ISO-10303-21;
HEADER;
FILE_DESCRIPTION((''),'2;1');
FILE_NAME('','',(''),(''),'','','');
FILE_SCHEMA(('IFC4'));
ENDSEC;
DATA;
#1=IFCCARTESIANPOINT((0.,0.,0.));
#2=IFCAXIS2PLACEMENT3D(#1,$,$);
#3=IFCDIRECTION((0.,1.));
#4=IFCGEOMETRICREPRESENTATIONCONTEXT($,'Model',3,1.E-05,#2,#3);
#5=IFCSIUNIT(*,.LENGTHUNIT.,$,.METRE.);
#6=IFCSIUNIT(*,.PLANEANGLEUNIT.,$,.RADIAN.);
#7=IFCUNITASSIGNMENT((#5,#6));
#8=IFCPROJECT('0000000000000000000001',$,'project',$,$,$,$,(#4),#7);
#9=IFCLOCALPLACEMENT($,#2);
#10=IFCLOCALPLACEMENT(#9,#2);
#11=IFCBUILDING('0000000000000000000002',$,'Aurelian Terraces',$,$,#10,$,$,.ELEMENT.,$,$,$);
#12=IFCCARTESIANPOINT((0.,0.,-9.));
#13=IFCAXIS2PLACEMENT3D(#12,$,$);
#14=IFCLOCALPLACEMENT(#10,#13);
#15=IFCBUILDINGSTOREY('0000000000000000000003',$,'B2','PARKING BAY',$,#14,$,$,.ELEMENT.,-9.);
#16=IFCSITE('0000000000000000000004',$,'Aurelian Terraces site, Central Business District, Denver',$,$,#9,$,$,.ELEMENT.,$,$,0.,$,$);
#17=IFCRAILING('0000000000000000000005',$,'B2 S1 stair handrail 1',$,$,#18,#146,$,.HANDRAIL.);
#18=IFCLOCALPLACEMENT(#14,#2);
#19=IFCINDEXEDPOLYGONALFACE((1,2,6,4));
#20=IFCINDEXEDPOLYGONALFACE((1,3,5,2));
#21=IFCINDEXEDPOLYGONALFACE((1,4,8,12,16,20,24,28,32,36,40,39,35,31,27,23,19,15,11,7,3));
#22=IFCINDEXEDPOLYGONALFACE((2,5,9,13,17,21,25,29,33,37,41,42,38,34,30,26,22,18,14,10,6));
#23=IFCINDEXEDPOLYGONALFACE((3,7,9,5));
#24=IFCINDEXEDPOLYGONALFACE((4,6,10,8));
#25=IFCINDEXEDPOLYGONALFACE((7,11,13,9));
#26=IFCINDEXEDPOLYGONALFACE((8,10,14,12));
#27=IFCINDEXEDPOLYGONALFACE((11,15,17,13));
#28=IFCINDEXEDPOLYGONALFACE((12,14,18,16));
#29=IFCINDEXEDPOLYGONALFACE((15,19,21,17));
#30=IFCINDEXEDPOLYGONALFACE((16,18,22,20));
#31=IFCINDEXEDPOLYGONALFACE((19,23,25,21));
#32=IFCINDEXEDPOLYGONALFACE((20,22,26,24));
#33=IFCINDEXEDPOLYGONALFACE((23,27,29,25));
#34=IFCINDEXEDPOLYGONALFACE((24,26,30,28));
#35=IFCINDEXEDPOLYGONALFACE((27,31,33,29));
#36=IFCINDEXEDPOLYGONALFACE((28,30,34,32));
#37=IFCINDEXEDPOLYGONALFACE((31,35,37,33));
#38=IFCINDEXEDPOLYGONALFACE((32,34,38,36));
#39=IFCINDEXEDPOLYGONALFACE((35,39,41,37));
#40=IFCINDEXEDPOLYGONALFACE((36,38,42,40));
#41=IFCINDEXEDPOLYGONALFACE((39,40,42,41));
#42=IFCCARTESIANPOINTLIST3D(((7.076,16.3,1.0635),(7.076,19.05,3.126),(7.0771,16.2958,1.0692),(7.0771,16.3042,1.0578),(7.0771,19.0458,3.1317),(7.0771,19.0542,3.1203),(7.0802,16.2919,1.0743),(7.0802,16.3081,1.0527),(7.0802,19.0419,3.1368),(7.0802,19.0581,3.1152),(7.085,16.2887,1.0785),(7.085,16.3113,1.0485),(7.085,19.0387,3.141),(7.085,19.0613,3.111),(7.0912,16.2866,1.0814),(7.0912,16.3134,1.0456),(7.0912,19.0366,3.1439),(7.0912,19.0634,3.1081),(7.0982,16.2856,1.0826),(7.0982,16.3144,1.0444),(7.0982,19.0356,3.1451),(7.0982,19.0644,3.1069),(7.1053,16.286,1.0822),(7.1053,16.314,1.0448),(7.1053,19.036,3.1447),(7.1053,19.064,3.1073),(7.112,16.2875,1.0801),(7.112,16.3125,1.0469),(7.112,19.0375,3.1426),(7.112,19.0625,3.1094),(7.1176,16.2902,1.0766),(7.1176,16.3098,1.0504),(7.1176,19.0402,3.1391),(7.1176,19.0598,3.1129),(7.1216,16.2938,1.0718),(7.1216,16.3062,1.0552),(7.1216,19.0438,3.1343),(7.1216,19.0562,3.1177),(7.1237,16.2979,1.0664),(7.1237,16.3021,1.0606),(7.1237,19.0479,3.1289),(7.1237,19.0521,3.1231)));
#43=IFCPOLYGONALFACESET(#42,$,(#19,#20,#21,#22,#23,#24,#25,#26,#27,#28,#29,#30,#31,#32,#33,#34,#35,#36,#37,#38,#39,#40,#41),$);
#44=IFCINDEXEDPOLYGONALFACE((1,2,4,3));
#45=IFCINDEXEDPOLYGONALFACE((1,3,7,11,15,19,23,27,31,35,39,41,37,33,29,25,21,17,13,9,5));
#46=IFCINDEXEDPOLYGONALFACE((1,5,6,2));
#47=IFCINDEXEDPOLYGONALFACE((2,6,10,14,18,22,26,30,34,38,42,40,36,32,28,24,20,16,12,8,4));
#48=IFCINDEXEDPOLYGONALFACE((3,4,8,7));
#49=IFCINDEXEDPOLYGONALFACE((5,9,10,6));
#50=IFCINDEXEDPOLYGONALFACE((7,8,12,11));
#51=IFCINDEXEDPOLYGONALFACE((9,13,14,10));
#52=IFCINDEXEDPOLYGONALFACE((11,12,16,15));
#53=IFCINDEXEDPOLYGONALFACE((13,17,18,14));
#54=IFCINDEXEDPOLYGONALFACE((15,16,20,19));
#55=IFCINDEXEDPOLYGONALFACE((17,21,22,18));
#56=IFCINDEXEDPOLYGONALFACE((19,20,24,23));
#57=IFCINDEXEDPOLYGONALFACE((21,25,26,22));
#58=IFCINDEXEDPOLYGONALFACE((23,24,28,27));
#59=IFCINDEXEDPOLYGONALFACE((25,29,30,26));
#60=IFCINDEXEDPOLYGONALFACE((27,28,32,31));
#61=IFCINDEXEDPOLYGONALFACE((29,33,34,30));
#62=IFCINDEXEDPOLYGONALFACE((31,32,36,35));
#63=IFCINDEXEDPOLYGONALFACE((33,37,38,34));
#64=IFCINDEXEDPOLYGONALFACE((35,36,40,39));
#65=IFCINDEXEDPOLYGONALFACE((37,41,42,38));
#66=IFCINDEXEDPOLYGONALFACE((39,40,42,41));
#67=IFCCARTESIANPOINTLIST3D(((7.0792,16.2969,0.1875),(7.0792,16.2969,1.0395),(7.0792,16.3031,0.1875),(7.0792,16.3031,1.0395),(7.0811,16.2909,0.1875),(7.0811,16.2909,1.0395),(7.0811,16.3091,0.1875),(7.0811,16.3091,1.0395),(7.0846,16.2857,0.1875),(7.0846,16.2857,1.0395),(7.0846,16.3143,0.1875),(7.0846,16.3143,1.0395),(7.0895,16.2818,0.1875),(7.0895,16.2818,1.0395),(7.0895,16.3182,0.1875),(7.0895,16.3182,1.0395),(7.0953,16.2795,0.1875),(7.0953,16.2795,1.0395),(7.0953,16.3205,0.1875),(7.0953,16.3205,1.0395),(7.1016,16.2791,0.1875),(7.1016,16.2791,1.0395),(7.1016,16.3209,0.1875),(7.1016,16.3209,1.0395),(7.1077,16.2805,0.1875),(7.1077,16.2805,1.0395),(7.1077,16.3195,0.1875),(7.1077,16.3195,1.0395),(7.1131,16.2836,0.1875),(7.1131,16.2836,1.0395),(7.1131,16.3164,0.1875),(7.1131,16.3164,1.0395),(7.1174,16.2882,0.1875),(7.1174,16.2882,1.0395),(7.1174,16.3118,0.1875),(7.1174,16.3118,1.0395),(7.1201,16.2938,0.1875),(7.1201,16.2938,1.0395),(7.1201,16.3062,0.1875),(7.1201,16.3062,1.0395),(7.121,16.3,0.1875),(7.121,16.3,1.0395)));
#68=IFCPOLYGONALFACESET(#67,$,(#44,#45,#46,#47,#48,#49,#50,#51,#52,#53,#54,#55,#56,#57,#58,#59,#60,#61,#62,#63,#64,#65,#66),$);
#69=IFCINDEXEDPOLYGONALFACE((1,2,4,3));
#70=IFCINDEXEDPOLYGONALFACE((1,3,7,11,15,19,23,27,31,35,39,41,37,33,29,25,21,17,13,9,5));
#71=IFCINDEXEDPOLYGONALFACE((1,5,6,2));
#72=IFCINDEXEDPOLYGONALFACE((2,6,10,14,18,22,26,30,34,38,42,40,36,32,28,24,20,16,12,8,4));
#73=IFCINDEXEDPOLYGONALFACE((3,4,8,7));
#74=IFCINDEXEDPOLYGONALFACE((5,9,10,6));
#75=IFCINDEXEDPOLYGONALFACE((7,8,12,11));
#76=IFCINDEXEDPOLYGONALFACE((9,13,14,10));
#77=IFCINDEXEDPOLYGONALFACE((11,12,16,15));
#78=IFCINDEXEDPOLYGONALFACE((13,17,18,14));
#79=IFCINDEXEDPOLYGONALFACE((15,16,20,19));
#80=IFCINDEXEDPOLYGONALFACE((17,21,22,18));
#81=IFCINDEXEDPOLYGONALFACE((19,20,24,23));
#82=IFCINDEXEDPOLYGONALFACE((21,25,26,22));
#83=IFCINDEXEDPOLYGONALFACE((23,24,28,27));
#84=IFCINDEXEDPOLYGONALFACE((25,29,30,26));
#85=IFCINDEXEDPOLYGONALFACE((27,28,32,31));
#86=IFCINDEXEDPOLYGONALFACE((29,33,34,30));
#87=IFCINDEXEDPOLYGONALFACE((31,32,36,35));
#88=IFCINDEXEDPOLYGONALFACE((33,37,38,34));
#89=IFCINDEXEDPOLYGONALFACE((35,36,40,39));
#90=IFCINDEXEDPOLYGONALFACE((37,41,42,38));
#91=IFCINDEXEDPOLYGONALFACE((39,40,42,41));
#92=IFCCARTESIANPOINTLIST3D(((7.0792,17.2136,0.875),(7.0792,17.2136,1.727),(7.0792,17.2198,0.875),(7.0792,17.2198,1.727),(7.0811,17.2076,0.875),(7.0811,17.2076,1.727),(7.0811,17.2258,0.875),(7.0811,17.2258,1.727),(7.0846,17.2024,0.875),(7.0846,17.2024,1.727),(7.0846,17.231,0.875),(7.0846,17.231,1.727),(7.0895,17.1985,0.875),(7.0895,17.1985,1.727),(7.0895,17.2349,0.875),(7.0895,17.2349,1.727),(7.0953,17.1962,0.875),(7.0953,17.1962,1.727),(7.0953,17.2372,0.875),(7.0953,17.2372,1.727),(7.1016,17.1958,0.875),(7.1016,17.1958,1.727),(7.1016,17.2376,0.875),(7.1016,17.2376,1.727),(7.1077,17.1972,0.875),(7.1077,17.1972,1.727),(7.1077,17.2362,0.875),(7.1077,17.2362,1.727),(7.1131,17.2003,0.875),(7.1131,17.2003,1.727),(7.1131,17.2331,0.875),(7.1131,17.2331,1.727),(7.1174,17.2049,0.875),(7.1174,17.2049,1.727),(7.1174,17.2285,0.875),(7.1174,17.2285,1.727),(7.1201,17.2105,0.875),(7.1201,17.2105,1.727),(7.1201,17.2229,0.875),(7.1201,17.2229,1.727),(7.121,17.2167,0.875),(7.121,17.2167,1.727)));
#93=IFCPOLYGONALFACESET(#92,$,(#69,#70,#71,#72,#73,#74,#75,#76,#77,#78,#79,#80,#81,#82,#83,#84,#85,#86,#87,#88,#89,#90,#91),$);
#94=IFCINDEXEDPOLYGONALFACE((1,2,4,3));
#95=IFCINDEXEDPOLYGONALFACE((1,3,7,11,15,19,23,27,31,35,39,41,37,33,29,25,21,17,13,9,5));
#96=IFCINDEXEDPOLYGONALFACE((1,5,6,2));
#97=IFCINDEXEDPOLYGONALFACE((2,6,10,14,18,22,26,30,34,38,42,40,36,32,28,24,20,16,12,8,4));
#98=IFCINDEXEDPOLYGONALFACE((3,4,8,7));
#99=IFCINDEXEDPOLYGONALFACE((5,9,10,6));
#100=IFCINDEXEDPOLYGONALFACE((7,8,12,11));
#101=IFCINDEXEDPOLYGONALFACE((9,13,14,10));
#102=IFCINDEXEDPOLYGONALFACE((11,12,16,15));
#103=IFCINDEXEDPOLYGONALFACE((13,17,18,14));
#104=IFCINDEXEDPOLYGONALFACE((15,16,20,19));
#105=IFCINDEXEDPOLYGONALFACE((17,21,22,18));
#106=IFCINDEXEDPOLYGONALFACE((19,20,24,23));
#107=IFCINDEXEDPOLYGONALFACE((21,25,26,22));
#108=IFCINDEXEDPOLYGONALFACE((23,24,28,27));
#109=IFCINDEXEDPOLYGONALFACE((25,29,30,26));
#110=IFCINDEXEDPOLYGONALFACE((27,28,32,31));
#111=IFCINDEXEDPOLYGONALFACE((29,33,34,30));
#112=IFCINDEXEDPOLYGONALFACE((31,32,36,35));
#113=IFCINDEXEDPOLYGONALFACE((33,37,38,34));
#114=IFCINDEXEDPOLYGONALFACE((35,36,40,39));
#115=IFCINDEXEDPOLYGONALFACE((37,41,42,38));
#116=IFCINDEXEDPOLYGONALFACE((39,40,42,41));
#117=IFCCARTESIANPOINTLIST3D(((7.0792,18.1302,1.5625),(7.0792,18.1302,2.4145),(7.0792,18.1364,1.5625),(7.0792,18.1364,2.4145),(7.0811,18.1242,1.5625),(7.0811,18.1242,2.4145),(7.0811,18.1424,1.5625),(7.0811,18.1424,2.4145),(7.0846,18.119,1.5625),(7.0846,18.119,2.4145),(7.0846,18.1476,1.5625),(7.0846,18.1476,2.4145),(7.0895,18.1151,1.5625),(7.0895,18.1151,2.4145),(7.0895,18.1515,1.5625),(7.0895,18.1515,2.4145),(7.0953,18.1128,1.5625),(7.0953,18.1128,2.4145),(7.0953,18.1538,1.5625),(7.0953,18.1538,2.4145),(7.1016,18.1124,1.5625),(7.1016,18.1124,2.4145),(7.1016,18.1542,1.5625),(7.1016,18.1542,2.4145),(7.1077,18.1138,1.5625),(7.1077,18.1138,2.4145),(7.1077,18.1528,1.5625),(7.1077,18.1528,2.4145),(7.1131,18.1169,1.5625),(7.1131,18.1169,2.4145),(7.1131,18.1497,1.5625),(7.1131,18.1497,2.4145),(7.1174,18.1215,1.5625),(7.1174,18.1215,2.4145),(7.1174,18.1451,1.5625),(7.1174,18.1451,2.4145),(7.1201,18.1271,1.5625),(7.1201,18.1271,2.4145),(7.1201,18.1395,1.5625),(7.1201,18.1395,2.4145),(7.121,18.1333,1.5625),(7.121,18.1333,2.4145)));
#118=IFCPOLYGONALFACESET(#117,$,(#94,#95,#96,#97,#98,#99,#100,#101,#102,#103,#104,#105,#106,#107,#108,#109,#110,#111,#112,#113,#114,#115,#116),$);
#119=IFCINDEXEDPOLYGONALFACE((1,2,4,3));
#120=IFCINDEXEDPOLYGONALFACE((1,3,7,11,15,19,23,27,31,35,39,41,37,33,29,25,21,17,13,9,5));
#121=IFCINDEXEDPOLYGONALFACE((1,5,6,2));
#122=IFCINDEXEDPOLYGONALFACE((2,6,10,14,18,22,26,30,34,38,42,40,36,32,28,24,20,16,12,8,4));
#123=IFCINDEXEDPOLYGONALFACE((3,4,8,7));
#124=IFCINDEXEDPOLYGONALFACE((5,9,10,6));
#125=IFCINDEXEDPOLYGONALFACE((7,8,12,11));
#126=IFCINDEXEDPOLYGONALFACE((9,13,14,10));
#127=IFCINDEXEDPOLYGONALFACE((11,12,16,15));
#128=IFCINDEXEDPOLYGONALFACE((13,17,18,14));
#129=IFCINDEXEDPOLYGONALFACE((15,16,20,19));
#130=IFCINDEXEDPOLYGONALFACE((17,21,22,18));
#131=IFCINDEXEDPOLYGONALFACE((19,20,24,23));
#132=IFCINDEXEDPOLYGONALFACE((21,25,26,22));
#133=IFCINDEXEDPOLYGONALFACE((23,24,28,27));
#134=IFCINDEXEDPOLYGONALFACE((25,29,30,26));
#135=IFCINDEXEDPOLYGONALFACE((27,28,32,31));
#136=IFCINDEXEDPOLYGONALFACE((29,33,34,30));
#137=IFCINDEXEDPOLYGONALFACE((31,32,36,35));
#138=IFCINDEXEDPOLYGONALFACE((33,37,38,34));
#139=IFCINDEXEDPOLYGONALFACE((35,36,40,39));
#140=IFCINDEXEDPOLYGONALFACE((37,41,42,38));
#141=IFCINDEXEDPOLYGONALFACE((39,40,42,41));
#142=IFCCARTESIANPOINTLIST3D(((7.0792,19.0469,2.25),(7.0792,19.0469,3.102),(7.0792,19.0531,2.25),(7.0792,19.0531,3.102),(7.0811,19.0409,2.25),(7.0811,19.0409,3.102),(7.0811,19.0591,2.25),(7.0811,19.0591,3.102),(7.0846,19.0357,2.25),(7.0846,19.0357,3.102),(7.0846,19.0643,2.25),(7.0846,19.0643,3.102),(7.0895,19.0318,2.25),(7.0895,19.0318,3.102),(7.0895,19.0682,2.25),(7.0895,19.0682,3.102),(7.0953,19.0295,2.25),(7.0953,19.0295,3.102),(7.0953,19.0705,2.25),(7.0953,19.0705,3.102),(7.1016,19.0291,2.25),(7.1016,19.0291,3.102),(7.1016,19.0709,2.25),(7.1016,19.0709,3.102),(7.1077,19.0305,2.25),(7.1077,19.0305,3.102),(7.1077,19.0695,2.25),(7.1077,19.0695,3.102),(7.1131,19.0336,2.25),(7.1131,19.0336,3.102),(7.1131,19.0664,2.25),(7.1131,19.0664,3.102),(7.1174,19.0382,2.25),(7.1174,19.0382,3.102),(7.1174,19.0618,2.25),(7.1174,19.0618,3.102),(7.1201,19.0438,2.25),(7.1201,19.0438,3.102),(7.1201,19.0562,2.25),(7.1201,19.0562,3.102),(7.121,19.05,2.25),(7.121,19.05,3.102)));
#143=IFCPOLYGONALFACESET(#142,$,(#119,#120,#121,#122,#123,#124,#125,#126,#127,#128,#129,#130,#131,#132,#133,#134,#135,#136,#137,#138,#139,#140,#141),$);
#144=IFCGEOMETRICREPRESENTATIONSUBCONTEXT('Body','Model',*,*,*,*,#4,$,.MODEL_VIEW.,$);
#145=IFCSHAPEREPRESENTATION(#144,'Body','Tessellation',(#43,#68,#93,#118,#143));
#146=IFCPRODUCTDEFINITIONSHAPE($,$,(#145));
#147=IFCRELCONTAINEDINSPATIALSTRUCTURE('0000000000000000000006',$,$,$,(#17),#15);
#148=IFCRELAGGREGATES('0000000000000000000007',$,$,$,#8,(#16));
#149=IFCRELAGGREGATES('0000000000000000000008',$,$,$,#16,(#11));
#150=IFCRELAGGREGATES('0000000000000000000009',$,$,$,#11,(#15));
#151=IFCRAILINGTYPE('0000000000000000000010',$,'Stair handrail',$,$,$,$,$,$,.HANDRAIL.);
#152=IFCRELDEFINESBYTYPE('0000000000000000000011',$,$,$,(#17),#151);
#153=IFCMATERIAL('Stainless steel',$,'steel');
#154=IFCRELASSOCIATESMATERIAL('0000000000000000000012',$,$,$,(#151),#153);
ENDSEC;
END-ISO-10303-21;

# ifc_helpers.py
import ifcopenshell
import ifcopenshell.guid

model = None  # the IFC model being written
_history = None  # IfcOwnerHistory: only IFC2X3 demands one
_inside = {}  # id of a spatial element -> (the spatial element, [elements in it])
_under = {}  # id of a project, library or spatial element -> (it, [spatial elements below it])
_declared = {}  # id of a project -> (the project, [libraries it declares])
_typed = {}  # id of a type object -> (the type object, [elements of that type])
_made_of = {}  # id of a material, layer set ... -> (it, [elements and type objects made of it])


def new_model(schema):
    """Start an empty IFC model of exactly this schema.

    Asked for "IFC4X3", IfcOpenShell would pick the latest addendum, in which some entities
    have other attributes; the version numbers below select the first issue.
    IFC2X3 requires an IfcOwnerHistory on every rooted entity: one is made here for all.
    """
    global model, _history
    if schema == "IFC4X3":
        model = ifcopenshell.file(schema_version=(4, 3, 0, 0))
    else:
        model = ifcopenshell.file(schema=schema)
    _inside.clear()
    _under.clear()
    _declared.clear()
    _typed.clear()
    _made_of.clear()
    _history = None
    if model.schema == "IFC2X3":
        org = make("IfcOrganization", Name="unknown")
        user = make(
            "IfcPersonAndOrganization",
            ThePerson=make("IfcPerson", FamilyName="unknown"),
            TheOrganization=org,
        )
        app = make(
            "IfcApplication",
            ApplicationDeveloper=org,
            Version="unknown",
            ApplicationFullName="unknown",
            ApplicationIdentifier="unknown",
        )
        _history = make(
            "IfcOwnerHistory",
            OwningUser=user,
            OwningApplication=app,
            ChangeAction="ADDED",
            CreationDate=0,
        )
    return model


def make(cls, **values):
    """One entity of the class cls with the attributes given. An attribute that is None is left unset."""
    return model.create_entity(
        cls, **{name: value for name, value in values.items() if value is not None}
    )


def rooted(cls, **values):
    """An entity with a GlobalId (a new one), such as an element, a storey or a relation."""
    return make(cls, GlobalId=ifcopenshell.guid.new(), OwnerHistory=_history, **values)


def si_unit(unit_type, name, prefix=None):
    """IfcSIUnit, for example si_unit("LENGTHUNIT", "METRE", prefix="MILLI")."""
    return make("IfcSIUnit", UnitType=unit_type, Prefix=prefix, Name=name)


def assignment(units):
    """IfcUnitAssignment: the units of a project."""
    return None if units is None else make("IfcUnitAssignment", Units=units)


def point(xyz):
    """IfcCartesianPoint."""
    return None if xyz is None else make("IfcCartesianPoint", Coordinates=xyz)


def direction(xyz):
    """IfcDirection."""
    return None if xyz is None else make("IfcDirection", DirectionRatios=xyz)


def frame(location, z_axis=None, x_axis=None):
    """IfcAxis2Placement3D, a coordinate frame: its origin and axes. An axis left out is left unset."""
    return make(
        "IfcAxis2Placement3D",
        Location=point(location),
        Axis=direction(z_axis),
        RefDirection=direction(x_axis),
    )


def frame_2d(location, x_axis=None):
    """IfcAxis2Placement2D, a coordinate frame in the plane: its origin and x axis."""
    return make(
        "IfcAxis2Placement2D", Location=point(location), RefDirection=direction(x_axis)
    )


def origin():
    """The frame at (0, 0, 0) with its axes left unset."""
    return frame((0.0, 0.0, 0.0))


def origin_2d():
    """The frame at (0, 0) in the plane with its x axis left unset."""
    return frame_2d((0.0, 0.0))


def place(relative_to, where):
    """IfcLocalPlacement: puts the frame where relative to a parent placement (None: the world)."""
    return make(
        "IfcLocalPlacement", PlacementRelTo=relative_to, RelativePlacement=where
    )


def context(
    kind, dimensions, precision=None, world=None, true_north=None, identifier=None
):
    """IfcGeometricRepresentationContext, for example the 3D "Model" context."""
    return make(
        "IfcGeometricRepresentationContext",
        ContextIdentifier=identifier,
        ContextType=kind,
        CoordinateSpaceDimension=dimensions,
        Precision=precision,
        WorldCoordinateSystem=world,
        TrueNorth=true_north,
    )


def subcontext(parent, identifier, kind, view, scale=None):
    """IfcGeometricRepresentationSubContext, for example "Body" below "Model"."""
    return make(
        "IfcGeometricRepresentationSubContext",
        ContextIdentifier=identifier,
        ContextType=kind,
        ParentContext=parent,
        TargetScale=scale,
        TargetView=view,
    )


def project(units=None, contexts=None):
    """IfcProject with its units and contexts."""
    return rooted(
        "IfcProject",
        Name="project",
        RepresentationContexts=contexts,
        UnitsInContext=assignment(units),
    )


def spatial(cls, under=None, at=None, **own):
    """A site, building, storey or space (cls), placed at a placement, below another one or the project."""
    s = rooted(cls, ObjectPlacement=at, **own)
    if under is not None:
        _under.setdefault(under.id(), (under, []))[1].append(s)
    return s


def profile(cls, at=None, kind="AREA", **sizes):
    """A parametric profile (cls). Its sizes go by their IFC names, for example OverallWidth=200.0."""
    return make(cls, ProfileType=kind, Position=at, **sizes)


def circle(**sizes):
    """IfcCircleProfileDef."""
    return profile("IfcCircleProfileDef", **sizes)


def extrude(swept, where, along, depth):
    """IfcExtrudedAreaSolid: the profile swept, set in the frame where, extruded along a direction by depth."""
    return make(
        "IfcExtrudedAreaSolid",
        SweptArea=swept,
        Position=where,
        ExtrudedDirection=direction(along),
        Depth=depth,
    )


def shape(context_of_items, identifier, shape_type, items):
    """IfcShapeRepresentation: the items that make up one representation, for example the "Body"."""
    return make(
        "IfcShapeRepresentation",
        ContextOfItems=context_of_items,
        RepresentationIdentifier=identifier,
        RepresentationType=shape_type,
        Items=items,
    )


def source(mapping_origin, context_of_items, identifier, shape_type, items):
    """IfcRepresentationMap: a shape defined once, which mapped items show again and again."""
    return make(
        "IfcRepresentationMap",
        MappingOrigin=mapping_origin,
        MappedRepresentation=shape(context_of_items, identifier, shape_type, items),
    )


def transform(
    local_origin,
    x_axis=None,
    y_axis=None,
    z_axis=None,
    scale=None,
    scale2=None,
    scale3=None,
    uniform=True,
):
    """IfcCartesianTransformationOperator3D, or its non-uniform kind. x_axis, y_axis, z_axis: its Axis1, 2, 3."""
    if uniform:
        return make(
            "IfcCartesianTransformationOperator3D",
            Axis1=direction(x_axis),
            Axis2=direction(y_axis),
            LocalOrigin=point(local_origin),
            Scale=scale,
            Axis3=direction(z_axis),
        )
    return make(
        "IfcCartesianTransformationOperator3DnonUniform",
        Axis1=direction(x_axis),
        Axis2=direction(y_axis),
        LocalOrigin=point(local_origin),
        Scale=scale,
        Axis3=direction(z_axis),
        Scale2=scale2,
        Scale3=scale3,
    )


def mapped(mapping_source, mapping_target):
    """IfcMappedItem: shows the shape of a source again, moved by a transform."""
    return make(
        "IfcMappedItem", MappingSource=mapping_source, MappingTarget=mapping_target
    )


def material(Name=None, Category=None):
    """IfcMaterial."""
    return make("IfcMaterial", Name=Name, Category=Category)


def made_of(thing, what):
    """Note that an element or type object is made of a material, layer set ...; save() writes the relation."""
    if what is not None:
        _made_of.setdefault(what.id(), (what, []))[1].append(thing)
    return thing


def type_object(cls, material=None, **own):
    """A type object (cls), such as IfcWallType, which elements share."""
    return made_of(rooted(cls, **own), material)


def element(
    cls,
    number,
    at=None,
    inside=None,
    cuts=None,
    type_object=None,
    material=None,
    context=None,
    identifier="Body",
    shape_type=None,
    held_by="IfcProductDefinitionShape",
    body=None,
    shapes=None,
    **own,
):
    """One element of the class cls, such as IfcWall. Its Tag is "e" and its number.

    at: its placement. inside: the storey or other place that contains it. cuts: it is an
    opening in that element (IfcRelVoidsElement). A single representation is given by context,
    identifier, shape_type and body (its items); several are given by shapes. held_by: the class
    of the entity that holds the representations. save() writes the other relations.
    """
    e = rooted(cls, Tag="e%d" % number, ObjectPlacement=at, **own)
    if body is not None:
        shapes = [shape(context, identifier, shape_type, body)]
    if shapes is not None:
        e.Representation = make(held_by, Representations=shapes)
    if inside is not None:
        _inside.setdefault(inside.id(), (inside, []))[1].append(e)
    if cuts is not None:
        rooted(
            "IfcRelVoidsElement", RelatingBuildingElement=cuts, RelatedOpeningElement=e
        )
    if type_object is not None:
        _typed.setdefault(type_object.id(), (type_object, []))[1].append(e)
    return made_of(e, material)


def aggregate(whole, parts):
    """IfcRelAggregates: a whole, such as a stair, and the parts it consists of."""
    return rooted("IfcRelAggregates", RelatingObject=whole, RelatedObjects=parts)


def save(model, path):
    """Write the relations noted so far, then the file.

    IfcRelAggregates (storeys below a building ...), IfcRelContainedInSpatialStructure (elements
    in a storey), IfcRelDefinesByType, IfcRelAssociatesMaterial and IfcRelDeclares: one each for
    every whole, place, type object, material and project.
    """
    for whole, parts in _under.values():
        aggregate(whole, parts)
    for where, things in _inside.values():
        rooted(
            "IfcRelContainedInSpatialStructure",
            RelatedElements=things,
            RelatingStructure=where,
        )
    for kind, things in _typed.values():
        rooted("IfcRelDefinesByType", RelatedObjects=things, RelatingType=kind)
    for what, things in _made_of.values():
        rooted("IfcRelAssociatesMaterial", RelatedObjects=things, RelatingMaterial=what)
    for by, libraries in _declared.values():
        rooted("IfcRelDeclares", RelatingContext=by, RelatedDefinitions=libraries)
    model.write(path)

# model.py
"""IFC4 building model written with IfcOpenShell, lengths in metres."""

from ifc_helpers import new_model, si_unit, direction, frame, origin, origin_2d, place, context, subcontext, project, spatial, circle, extrude, source, transform, mapped, material, type_object, element, save


model = new_model("IFC4")

# Units and contexts
model_context = context("Model", 3, precision=1e-05, world=origin(), true_north=direction((0.0, 1.0)))
body_context = subcontext(model_context, "Body", "Model", "MODEL_VIEW")
ifc_project = project(units=[si_unit("LENGTHUNIT", "METRE"), si_unit("PLANEANGLEUNIT", "RADIAN")], contexts=[model_context])

# Site, building, storey
site_placement = place(None, origin())
site = spatial("IfcSite", under=ifc_project, at=site_placement, Name="Aurelian Terraces site, Central Business District, Denver", CompositionType="ELEMENT", RefElevation=0.0)
building_placement = place(site_placement, origin())
building = spatial("IfcBuilding", under=site, at=building_placement, Name="Aurelian Terraces", CompositionType="ELEMENT")
storey_placement = place(building_placement, frame((0.0, 0.0, -9.0)))
storey = spatial("IfcBuildingStorey", under=building, at=storey_placement, Name="B2", Description="PARKING BAY", CompositionType="ELEMENT", Elevation=-9.0)

# Shared definitions
ifc_material_1 = material(Name="Stainless steel", Category="steel")

# Railing
railing_type_1 = type_object("IfcRailingType", Name="Stair handrail", PredefinedType="HANDRAIL", material=ifc_material_1)
shared_shape_1 = source(origin(), body_context, "Body", "SweptSolid", [
    extrude(circle(Radius=0.024, at=origin_2d()), frame((0.0, 0.0, 0.876), z_axis=(0.0, 0.8, 0.6), x_axis=(-1.0, 0.0, 0.0)), (0.0, 0.0, 1.0), 3.4375),
    extrude(circle(Radius=0.021, at=origin_2d()), origin(), (0.0, 0.0, 1.0), 0.852),
    extrude(circle(Radius=0.021, at=origin_2d()), frame((0.0, 0.9167, 0.6875)), (0.0, 0.0, 1.0), 0.852),
    extrude(circle(Radius=0.021, at=origin_2d()), frame((0.0, 1.8333, 1.375)), (0.0, 0.0, 1.0), 0.852),
    extrude(circle(Radius=0.021, at=origin_2d()), frame((0.0, 2.75, 2.0625)), (0.0, 0.0, 1.0), 0.852),
])
railing_1_placement = place(storey_placement, frame((7.1, 16.3, 0.1875)))
element("IfcRailing", 1, at=railing_1_placement, inside=storey, type_object=railing_type_1, Name="B2 S1 stair handrail 1", PredefinedType="HANDRAIL", context=body_context, shape_type="MappedRepresentation", body=[
    mapped(shared_shape_1, transform((0.0, 0.0, 0.0), scale=1.0)),
])

save(model, "model.ifc")
